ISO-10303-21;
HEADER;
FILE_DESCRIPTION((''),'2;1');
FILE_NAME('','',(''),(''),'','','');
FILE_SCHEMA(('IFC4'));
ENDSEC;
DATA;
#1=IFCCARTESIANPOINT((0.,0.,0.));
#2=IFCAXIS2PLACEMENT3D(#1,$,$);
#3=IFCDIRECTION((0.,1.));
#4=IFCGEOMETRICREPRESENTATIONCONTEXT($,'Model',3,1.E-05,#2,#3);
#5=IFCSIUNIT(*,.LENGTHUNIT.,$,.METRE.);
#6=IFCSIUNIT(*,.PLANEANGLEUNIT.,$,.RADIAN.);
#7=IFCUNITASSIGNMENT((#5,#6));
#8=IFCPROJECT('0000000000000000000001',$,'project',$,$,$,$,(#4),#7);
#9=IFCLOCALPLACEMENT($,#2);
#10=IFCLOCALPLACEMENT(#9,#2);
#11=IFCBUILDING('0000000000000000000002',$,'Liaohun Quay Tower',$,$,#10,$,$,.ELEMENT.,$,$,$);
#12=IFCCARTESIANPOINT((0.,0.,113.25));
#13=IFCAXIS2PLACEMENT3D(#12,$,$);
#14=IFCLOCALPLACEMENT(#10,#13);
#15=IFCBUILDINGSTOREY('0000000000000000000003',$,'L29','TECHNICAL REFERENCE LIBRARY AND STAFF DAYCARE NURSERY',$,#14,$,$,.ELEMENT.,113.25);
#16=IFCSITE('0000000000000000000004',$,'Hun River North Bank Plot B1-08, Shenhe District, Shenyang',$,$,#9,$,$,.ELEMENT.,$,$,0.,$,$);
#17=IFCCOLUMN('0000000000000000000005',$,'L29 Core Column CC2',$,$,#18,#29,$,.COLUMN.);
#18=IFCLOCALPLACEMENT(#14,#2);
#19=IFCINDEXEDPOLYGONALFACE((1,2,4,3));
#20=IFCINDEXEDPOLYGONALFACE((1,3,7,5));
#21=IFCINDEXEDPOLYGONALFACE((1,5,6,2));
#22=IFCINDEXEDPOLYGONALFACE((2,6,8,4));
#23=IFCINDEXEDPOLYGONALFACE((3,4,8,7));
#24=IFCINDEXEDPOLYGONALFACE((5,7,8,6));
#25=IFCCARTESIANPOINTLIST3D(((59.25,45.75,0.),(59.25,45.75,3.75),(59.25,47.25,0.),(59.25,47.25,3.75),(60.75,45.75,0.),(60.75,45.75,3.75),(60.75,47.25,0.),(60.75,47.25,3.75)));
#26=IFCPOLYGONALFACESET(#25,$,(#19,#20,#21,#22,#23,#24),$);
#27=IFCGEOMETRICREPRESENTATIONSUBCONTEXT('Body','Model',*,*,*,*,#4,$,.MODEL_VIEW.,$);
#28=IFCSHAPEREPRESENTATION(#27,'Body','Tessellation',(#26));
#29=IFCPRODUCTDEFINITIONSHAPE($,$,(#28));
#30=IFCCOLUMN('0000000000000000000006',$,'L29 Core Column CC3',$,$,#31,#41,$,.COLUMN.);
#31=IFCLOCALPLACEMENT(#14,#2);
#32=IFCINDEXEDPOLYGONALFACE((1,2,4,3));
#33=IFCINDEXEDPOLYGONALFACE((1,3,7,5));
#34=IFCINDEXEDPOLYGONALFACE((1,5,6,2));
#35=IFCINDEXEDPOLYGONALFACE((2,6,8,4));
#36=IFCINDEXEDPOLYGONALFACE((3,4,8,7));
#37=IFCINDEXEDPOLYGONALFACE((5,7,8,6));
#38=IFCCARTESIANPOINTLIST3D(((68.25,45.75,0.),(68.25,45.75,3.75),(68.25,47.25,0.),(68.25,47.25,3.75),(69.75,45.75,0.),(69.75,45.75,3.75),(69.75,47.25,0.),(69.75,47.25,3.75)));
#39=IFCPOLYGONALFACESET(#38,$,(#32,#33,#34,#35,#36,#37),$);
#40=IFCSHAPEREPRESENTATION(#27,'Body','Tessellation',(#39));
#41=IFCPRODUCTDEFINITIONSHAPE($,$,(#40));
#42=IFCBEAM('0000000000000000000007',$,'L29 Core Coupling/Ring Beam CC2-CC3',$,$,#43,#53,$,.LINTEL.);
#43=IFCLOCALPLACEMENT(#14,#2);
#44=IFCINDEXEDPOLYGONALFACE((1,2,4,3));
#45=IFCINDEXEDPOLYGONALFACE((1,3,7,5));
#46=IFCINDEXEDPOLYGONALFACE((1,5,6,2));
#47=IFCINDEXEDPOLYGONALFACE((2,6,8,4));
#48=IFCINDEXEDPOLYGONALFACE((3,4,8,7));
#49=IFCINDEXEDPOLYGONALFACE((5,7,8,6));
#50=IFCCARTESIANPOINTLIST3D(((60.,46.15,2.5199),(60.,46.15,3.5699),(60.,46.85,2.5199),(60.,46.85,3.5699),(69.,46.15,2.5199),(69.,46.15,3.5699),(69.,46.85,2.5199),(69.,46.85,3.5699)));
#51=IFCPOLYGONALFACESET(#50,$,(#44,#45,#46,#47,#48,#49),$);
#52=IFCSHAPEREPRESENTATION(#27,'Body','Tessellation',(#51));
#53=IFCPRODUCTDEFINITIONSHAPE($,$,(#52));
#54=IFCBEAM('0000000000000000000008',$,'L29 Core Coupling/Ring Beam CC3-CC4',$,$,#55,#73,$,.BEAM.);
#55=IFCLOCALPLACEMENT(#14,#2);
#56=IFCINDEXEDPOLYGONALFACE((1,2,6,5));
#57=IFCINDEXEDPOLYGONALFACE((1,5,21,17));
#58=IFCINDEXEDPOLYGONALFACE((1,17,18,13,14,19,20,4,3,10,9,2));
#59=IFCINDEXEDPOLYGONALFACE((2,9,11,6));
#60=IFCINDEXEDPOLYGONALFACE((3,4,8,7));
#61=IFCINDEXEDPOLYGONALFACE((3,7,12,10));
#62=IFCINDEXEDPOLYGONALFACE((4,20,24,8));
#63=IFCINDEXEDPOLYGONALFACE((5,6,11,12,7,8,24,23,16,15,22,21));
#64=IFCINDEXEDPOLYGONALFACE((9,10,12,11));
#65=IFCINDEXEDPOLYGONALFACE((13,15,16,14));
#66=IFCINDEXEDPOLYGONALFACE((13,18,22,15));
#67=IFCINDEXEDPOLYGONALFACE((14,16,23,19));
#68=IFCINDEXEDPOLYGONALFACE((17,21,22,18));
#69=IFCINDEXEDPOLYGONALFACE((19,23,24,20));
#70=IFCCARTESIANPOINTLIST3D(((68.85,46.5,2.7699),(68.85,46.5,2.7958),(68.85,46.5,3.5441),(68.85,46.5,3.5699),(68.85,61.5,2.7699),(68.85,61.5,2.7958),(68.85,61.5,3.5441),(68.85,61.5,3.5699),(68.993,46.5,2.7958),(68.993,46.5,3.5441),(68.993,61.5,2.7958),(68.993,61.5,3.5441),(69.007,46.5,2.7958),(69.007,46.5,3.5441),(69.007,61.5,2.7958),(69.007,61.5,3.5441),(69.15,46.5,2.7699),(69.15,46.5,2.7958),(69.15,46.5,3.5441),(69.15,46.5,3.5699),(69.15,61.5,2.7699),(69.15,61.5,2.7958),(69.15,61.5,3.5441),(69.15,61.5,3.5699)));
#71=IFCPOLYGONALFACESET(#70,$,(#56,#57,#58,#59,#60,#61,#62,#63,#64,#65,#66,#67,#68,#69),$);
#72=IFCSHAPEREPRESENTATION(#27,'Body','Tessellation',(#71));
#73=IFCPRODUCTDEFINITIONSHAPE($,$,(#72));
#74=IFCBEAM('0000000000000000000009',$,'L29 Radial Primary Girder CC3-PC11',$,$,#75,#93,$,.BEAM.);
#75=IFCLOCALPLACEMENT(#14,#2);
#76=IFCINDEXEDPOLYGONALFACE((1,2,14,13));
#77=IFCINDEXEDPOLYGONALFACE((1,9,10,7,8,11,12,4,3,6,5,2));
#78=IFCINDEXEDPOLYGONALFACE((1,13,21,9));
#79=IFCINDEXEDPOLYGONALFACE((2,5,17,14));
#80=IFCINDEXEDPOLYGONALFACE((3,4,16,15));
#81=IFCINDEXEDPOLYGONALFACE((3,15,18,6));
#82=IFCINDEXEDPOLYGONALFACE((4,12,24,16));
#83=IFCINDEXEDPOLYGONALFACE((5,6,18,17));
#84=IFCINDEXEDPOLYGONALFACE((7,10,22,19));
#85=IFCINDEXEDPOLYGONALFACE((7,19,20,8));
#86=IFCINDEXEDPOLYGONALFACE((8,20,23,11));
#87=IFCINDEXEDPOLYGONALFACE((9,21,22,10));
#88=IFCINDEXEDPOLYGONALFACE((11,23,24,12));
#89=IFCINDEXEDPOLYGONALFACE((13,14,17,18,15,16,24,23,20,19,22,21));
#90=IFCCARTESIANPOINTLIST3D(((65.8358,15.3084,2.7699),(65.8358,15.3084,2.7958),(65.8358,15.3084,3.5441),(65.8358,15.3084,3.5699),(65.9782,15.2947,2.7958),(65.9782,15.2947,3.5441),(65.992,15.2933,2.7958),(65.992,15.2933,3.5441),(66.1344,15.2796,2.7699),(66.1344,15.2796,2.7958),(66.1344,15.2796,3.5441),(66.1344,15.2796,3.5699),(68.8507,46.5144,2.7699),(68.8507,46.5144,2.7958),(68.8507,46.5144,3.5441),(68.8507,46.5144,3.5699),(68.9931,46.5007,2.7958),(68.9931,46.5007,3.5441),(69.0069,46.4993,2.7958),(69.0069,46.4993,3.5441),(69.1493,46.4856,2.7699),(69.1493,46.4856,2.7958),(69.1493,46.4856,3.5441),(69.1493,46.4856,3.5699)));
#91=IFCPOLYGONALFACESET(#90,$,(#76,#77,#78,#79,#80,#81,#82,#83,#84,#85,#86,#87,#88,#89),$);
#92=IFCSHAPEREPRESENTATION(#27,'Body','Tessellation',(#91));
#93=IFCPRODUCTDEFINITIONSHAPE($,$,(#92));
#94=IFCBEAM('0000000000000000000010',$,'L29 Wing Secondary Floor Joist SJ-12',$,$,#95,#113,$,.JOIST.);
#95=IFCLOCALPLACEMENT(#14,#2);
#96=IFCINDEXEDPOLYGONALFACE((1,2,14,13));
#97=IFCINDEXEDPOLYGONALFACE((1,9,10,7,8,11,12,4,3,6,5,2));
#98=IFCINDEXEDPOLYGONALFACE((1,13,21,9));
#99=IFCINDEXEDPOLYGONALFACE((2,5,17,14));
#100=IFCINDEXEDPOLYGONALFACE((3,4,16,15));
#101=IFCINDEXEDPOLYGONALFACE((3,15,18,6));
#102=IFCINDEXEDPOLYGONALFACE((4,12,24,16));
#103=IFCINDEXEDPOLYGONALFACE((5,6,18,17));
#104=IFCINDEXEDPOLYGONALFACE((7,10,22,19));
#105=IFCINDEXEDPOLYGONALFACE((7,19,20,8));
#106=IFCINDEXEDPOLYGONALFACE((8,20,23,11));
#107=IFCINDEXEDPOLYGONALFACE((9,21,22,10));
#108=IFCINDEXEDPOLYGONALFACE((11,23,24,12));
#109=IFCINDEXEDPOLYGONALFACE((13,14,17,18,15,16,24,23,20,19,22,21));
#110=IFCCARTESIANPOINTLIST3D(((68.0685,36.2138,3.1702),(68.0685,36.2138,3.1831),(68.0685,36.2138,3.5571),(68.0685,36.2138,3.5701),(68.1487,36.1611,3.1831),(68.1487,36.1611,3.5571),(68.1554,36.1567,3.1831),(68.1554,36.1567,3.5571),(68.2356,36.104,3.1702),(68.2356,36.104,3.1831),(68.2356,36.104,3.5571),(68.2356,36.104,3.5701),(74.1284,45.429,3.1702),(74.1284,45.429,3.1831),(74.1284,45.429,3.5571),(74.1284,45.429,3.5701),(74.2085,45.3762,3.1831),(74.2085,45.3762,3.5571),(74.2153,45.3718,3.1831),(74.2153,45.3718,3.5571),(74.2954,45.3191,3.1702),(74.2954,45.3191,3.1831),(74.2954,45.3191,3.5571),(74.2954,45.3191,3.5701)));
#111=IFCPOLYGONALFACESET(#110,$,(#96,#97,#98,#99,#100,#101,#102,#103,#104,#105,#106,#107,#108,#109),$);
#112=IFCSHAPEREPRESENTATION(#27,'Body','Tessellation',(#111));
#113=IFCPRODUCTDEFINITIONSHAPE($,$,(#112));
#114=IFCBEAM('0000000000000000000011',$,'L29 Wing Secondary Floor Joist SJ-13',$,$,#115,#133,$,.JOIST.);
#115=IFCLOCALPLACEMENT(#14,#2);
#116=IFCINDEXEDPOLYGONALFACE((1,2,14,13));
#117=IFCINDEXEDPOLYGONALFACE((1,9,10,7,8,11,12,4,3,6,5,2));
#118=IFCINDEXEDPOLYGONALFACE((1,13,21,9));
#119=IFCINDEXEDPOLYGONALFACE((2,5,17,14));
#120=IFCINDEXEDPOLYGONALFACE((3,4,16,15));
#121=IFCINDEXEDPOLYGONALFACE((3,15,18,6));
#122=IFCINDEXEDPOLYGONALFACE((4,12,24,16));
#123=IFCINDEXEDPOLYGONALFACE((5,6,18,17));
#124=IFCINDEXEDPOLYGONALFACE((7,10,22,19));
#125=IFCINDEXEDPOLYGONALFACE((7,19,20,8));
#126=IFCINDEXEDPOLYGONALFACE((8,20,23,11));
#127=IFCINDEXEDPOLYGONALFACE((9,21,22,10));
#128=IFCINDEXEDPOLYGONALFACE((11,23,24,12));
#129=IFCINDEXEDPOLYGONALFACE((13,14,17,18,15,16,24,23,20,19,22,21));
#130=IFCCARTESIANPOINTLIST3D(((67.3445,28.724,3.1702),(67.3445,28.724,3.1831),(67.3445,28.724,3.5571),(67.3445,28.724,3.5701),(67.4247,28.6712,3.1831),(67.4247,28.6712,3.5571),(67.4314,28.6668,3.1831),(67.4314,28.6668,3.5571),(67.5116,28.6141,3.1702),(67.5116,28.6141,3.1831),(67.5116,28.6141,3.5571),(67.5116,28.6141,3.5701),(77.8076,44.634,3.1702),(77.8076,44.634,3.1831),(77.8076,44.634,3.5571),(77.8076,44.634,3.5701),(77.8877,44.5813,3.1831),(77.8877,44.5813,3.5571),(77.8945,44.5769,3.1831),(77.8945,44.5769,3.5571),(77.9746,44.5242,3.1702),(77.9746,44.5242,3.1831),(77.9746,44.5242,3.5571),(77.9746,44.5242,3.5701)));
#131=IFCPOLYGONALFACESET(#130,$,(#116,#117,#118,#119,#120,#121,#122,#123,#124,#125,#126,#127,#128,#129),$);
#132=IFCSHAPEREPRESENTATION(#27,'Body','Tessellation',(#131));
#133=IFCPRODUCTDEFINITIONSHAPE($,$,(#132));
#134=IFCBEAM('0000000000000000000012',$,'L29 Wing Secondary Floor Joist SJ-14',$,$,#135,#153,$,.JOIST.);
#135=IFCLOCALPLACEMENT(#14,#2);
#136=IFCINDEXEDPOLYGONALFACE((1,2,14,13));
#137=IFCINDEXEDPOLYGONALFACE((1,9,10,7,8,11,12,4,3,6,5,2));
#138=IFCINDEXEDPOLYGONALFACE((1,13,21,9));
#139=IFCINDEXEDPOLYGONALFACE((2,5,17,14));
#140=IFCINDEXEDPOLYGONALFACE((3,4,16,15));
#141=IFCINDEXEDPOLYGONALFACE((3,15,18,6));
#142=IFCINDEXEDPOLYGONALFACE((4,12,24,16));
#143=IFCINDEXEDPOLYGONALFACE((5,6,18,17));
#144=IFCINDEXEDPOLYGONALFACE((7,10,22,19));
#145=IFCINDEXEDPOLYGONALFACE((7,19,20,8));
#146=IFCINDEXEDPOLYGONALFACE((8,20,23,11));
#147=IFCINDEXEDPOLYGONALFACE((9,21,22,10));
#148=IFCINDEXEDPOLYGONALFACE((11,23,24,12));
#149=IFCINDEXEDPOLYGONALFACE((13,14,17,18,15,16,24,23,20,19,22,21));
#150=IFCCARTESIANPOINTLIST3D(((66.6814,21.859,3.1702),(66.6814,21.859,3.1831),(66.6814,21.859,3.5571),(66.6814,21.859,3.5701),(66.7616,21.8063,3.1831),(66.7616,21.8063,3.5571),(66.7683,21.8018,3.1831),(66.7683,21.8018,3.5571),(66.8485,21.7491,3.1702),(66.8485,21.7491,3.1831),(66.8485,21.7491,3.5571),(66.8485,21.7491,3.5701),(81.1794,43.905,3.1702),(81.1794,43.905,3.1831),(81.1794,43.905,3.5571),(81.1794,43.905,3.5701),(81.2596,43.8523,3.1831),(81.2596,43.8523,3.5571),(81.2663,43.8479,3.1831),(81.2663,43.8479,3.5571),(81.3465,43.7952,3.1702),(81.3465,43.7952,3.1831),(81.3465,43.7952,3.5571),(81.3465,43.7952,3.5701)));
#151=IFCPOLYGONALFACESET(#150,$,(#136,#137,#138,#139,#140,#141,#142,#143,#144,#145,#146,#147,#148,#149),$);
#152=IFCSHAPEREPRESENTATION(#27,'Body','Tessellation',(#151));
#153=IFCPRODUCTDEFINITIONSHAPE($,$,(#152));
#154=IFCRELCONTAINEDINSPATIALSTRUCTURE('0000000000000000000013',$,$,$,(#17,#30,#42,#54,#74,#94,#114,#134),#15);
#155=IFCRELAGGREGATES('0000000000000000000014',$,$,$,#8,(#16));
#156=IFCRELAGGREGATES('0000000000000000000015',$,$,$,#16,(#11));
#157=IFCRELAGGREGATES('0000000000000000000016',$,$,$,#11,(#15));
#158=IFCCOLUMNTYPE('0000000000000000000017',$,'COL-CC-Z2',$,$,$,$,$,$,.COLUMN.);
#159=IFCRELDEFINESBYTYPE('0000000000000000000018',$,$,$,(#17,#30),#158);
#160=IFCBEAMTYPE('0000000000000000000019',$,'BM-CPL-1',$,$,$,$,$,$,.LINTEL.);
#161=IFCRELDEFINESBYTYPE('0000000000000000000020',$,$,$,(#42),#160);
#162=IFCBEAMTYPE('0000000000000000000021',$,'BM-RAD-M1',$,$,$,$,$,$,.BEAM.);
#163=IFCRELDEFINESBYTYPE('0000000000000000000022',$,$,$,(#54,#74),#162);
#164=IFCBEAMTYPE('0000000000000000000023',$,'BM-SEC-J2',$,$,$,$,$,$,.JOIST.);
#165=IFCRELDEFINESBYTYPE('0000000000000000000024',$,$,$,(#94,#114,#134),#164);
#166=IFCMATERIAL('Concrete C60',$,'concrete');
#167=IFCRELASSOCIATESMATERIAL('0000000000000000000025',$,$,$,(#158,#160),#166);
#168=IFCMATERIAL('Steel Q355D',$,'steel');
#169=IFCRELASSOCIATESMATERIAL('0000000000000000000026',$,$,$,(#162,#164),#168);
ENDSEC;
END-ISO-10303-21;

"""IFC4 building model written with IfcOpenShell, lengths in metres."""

from ifc_helpers import new_model, si_unit, direction, frame, origin, origin_2d, place, context, subcontext, project, spatial, rectangle, i_section, extrude, source, transform, mapped, material, material_profile, profile_set, type_object, element, save


model = new_model("IFC4")

# Units and contexts
model_context = context("Model", 3, precision=1e-05, world=origin(), true_north=direction((0.0, 1.0)))
body_context = subcontext(model_context, "Body", "Model", "MODEL_VIEW")
ifc_project = project(units=[si_unit("LENGTHUNIT", "METRE"), si_unit("PLANEANGLEUNIT", "RADIAN")], contexts=[model_context])

# Site, building, storey
site_placement = place(None, origin())
site = spatial("IfcSite", under=ifc_project, at=site_placement, Name="Hun River North Bank Plot B1-08, Shenhe District, Shenyang", CompositionType="ELEMENT", RefElevation=0.0)
building_placement = place(site_placement, origin())
building = spatial("IfcBuilding", under=site, at=building_placement, Name="Liaohun Quay Tower", CompositionType="ELEMENT")
storey_placement = place(building_placement, frame((0.0, 0.0, 113.25)))
storey = spatial("IfcBuildingStorey", under=building, at=storey_placement, Name="L29", Description="TECHNICAL REFERENCE LIBRARY AND STAFF DAYCARE NURSERY", CompositionType="ELEMENT", Elevation=113.25)

# Columns
ifc_material_1 = material(Name="Concrete C60", Category="concrete")
ifc_material_profile_1 = material_profile(ifc_material_1, rectangle(XDim=1.5, YDim=1.5, at=origin_2d()), Name="RC1500x1500")
ifc_profile_set_1 = profile_set([ifc_material_profile_1], Name="Concrete C60")
column_type = type_object("IfcColumnType", Name="COL-CC-Z2", PredefinedType="COLUMN", material=ifc_profile_set_1)
shared_shape_1 = source(origin(), body_context, "Body", "SweptSolid", [
    extrude(rectangle(XDim=1.5, YDim=1.5, at=origin_2d()), origin(), (0.0, 0.0, 1.0), 3.75),
])
for number, where, z_axis, x_axis, name in (
    (1, (60.0, 46.5, 0.0), (0.0, 0.0, 1.0), (1.0, 0.0, 0.0), "L29 Core Column CC2"),
    (2, (69.0, 46.5, 0.0), (0.0, 0.0, 1.0), (1.0, 0.0, 0.0), "L29 Core Column CC3"),
):
    element("IfcColumn", number, at=place(storey_placement, frame(where, z_axis=z_axis, x_axis=x_axis)), inside=storey, type_object=column_type, Name=name, PredefinedType="COLUMN", context=body_context, shape_type="MappedRepresentation", body=[
        mapped(shared_shape_1, transform((0.0, 0.0, 0.0), x_axis=(1.0, 0.0, 0.0), y_axis=(0.0, 1.0, 0.0), z_axis=(0.0, 0.0, 1.0), scale=1.0)),
    ])

# Beams
ifc_material_profile_2 = material_profile(ifc_material_1, rectangle(XDim=0.7, YDim=1.05, at=origin_2d()), Name="RC700x1050")
ifc_profile_set_2 = profile_set([ifc_material_profile_2], Name="Concrete C60")
beam_type_1 = type_object("IfcBeamType", Name="BM-CPL-1", PredefinedType="LINTEL", material=ifc_profile_set_2)
shared_shape_2 = source(origin(), body_context, "Body", "SweptSolid", [
    extrude(rectangle(XDim=0.7, YDim=1.05, at=origin_2d()), origin(), (0.0, 0.0, 1.0), 9.0),
])
beam_1_placement = place(storey_placement, frame((60.0, 46.5, 3.0449), z_axis=(1.0, 0.0, 0.0), x_axis=(0.0, 1.0, 0.0)))
element("IfcBeam", 3, at=beam_1_placement, inside=storey, type_object=beam_type_1, Name="L29 Core Coupling/Ring Beam CC2-CC3", PredefinedType="LINTEL", context=body_context, shape_type="MappedRepresentation", body=[
    mapped(shared_shape_2, transform((0.0, 0.0, 0.0), x_axis=(1.0, 0.0, 0.0), y_axis=(0.0, 1.0, 0.0), z_axis=(0.0, 0.0, 1.0), scale=1.0)),
])
ifc_material_2 = material(Name="Steel Q355D", Category="steel")
ifc_material_profile_3 = material_profile(ifc_material_2, i_section(OverallWidth=0.3, OverallDepth=0.8, WebThickness=0.0139, FlangeThickness=0.0259, at=origin_2d()), Name="HN800x300x14x26")
ifc_profile_set_3 = profile_set([ifc_material_profile_3], Name="Steel Q355D")
beam_type_2 = type_object("IfcBeamType", Name="BM-RAD-M1", PredefinedType="BEAM", material=ifc_profile_set_3)
shared_shape_3 = source(origin(), body_context, "Body", "SweptSolid", [
    extrude(i_section(OverallWidth=0.3, OverallDepth=0.8, WebThickness=0.0139, FlangeThickness=0.0259, at=origin_2d()), origin(), (0.0, 0.0, 1.0), 15.0),
])
beam_2_placement = place(storey_placement, frame((69.0, 46.5, 3.1699), z_axis=(0.0, 1.0, 0.0), x_axis=(-1.0, 0.0, 0.0)))
element("IfcBeam", 4, at=beam_2_placement, inside=storey, type_object=beam_type_2, Name="L29 Core Coupling/Ring Beam CC3-CC4", PredefinedType="BEAM", context=body_context, shape_type="MappedRepresentation", body=[
    mapped(shared_shape_3, transform((0.0, 0.0, 0.0), x_axis=(1.0, 0.0, 0.0), y_axis=(0.0, 1.0, 0.0), z_axis=(0.0, 0.0, 1.0), scale=1.0)),
])
shared_shape_4 = source(origin(), body_context, "Body", "SweptSolid", [
    extrude(i_section(OverallWidth=0.3, OverallDepth=0.8, WebThickness=0.0139, FlangeThickness=0.0259, at=origin_2d()), origin(), (0.0, 0.0, 1.0), 31.3513),
])
beam_3_placement = place(storey_placement, frame((69.0, 46.5, 3.1699), z_axis=(-0.096165, -0.995365, 0.0), x_axis=(0.995365, -0.096165, 0.0)))
element("IfcBeam", 5, at=beam_3_placement, inside=storey, type_object=beam_type_2, Name="L29 Radial Primary Girder CC3-PC11", PredefinedType="BEAM", context=body_context, shape_type="MappedRepresentation", body=[
    mapped(shared_shape_4, transform((0.0, 0.0, 0.0), x_axis=(1.0, 0.0, 0.0), y_axis=(0.0, 1.0, 0.0), z_axis=(0.0, 0.0, 1.0), scale=1.0)),
])
ifc_material_profile_4 = material_profile(ifc_material_2, i_section(OverallWidth=0.2, OverallDepth=0.3999, WebThickness=0.0081, FlangeThickness=0.0129, at=origin_2d()), Name="HN400x200x8x13")
ifc_profile_set_4 = profile_set([ifc_material_profile_4], Name="Steel Q355D")
beam_type_3 = type_object("IfcBeamType", Name="BM-SEC-J2", PredefinedType="JOIST", material=ifc_profile_set_4)
shared_shape_5 = source(origin(), body_context, "Body", "SweptSolid", [
    extrude(i_section(OverallWidth=0.2, OverallDepth=0.3999, WebThickness=0.0081, FlangeThickness=0.0129, at=origin_2d()), origin(), (0.0, 0.0, 1.0), 11.0291),
])
beam_4_placement = place(storey_placement, frame((74.2119, 45.374, 3.3701), z_axis=(-0.549443, -0.835531, 0.0), x_axis=(0.835531, -0.549443, 0.0)))
element("IfcBeam", 6, at=beam_4_placement, inside=storey, type_object=beam_type_3, Name="L29 Wing Secondary Floor Joist SJ-12", PredefinedType="JOIST", context=body_context, shape_type="MappedRepresentation", body=[
    mapped(shared_shape_5, transform((0.0, 0.0, 0.0), x_axis=(1.0, 0.0, 0.0), y_axis=(0.0, 1.0, 0.0), z_axis=(0.0, 0.0, 1.0), scale=1.0)),
])
shared_shape_6 = source(origin(), body_context, "Body", "SweptSolid", [
    extrude(i_section(OverallWidth=0.2, OverallDepth=0.3999, WebThickness=0.0081, FlangeThickness=0.0129, at=origin_2d()), origin(), (0.0, 0.0, 1.0), 19.0422),
])
beam_5_placement = place(storey_placement, frame((77.8911, 44.5791, 3.3701), z_axis=(-0.549467, -0.835515, 0.0), x_axis=(0.835515, -0.549467, 0.0)))
element("IfcBeam", 7, at=beam_5_placement, inside=storey, type_object=beam_type_3, Name="L29 Wing Secondary Floor Joist SJ-13", PredefinedType="JOIST", context=body_context, shape_type="MappedRepresentation", body=[
    mapped(shared_shape_6, transform((0.0, 0.0, 0.0), x_axis=(1.0, 0.0, 0.0), y_axis=(0.0, 1.0, 0.0), z_axis=(0.0, 0.0, 1.0), scale=1.0)),
])
shared_shape_7 = source(origin(), body_context, "Body", "SweptSolid", [
    extrude(i_section(OverallWidth=0.2, OverallDepth=0.3999, WebThickness=0.0081, FlangeThickness=0.0129, at=origin_2d()), origin(), (0.0, 0.0, 1.0), 26.386),
])
beam_6_placement = place(storey_placement, frame((81.2629, 43.8501, 3.3701), z_axis=(-0.549458, -0.835521, 0.0), x_axis=(0.835521, -0.549458, 0.0)))
element("IfcBeam", 8, at=beam_6_placement, inside=storey, type_object=beam_type_3, Name="L29 Wing Secondary Floor Joist SJ-14", PredefinedType="JOIST", context=body_context, shape_type="MappedRepresentation", body=[
    mapped(shared_shape_7, transform((0.0, 0.0, 0.0), x_axis=(1.0, 0.0, 0.0), y_axis=(0.0, 1.0, 0.0), z_axis=(0.0, 0.0, 1.0), scale=1.0)),
])

save(model, "model.ifc")
